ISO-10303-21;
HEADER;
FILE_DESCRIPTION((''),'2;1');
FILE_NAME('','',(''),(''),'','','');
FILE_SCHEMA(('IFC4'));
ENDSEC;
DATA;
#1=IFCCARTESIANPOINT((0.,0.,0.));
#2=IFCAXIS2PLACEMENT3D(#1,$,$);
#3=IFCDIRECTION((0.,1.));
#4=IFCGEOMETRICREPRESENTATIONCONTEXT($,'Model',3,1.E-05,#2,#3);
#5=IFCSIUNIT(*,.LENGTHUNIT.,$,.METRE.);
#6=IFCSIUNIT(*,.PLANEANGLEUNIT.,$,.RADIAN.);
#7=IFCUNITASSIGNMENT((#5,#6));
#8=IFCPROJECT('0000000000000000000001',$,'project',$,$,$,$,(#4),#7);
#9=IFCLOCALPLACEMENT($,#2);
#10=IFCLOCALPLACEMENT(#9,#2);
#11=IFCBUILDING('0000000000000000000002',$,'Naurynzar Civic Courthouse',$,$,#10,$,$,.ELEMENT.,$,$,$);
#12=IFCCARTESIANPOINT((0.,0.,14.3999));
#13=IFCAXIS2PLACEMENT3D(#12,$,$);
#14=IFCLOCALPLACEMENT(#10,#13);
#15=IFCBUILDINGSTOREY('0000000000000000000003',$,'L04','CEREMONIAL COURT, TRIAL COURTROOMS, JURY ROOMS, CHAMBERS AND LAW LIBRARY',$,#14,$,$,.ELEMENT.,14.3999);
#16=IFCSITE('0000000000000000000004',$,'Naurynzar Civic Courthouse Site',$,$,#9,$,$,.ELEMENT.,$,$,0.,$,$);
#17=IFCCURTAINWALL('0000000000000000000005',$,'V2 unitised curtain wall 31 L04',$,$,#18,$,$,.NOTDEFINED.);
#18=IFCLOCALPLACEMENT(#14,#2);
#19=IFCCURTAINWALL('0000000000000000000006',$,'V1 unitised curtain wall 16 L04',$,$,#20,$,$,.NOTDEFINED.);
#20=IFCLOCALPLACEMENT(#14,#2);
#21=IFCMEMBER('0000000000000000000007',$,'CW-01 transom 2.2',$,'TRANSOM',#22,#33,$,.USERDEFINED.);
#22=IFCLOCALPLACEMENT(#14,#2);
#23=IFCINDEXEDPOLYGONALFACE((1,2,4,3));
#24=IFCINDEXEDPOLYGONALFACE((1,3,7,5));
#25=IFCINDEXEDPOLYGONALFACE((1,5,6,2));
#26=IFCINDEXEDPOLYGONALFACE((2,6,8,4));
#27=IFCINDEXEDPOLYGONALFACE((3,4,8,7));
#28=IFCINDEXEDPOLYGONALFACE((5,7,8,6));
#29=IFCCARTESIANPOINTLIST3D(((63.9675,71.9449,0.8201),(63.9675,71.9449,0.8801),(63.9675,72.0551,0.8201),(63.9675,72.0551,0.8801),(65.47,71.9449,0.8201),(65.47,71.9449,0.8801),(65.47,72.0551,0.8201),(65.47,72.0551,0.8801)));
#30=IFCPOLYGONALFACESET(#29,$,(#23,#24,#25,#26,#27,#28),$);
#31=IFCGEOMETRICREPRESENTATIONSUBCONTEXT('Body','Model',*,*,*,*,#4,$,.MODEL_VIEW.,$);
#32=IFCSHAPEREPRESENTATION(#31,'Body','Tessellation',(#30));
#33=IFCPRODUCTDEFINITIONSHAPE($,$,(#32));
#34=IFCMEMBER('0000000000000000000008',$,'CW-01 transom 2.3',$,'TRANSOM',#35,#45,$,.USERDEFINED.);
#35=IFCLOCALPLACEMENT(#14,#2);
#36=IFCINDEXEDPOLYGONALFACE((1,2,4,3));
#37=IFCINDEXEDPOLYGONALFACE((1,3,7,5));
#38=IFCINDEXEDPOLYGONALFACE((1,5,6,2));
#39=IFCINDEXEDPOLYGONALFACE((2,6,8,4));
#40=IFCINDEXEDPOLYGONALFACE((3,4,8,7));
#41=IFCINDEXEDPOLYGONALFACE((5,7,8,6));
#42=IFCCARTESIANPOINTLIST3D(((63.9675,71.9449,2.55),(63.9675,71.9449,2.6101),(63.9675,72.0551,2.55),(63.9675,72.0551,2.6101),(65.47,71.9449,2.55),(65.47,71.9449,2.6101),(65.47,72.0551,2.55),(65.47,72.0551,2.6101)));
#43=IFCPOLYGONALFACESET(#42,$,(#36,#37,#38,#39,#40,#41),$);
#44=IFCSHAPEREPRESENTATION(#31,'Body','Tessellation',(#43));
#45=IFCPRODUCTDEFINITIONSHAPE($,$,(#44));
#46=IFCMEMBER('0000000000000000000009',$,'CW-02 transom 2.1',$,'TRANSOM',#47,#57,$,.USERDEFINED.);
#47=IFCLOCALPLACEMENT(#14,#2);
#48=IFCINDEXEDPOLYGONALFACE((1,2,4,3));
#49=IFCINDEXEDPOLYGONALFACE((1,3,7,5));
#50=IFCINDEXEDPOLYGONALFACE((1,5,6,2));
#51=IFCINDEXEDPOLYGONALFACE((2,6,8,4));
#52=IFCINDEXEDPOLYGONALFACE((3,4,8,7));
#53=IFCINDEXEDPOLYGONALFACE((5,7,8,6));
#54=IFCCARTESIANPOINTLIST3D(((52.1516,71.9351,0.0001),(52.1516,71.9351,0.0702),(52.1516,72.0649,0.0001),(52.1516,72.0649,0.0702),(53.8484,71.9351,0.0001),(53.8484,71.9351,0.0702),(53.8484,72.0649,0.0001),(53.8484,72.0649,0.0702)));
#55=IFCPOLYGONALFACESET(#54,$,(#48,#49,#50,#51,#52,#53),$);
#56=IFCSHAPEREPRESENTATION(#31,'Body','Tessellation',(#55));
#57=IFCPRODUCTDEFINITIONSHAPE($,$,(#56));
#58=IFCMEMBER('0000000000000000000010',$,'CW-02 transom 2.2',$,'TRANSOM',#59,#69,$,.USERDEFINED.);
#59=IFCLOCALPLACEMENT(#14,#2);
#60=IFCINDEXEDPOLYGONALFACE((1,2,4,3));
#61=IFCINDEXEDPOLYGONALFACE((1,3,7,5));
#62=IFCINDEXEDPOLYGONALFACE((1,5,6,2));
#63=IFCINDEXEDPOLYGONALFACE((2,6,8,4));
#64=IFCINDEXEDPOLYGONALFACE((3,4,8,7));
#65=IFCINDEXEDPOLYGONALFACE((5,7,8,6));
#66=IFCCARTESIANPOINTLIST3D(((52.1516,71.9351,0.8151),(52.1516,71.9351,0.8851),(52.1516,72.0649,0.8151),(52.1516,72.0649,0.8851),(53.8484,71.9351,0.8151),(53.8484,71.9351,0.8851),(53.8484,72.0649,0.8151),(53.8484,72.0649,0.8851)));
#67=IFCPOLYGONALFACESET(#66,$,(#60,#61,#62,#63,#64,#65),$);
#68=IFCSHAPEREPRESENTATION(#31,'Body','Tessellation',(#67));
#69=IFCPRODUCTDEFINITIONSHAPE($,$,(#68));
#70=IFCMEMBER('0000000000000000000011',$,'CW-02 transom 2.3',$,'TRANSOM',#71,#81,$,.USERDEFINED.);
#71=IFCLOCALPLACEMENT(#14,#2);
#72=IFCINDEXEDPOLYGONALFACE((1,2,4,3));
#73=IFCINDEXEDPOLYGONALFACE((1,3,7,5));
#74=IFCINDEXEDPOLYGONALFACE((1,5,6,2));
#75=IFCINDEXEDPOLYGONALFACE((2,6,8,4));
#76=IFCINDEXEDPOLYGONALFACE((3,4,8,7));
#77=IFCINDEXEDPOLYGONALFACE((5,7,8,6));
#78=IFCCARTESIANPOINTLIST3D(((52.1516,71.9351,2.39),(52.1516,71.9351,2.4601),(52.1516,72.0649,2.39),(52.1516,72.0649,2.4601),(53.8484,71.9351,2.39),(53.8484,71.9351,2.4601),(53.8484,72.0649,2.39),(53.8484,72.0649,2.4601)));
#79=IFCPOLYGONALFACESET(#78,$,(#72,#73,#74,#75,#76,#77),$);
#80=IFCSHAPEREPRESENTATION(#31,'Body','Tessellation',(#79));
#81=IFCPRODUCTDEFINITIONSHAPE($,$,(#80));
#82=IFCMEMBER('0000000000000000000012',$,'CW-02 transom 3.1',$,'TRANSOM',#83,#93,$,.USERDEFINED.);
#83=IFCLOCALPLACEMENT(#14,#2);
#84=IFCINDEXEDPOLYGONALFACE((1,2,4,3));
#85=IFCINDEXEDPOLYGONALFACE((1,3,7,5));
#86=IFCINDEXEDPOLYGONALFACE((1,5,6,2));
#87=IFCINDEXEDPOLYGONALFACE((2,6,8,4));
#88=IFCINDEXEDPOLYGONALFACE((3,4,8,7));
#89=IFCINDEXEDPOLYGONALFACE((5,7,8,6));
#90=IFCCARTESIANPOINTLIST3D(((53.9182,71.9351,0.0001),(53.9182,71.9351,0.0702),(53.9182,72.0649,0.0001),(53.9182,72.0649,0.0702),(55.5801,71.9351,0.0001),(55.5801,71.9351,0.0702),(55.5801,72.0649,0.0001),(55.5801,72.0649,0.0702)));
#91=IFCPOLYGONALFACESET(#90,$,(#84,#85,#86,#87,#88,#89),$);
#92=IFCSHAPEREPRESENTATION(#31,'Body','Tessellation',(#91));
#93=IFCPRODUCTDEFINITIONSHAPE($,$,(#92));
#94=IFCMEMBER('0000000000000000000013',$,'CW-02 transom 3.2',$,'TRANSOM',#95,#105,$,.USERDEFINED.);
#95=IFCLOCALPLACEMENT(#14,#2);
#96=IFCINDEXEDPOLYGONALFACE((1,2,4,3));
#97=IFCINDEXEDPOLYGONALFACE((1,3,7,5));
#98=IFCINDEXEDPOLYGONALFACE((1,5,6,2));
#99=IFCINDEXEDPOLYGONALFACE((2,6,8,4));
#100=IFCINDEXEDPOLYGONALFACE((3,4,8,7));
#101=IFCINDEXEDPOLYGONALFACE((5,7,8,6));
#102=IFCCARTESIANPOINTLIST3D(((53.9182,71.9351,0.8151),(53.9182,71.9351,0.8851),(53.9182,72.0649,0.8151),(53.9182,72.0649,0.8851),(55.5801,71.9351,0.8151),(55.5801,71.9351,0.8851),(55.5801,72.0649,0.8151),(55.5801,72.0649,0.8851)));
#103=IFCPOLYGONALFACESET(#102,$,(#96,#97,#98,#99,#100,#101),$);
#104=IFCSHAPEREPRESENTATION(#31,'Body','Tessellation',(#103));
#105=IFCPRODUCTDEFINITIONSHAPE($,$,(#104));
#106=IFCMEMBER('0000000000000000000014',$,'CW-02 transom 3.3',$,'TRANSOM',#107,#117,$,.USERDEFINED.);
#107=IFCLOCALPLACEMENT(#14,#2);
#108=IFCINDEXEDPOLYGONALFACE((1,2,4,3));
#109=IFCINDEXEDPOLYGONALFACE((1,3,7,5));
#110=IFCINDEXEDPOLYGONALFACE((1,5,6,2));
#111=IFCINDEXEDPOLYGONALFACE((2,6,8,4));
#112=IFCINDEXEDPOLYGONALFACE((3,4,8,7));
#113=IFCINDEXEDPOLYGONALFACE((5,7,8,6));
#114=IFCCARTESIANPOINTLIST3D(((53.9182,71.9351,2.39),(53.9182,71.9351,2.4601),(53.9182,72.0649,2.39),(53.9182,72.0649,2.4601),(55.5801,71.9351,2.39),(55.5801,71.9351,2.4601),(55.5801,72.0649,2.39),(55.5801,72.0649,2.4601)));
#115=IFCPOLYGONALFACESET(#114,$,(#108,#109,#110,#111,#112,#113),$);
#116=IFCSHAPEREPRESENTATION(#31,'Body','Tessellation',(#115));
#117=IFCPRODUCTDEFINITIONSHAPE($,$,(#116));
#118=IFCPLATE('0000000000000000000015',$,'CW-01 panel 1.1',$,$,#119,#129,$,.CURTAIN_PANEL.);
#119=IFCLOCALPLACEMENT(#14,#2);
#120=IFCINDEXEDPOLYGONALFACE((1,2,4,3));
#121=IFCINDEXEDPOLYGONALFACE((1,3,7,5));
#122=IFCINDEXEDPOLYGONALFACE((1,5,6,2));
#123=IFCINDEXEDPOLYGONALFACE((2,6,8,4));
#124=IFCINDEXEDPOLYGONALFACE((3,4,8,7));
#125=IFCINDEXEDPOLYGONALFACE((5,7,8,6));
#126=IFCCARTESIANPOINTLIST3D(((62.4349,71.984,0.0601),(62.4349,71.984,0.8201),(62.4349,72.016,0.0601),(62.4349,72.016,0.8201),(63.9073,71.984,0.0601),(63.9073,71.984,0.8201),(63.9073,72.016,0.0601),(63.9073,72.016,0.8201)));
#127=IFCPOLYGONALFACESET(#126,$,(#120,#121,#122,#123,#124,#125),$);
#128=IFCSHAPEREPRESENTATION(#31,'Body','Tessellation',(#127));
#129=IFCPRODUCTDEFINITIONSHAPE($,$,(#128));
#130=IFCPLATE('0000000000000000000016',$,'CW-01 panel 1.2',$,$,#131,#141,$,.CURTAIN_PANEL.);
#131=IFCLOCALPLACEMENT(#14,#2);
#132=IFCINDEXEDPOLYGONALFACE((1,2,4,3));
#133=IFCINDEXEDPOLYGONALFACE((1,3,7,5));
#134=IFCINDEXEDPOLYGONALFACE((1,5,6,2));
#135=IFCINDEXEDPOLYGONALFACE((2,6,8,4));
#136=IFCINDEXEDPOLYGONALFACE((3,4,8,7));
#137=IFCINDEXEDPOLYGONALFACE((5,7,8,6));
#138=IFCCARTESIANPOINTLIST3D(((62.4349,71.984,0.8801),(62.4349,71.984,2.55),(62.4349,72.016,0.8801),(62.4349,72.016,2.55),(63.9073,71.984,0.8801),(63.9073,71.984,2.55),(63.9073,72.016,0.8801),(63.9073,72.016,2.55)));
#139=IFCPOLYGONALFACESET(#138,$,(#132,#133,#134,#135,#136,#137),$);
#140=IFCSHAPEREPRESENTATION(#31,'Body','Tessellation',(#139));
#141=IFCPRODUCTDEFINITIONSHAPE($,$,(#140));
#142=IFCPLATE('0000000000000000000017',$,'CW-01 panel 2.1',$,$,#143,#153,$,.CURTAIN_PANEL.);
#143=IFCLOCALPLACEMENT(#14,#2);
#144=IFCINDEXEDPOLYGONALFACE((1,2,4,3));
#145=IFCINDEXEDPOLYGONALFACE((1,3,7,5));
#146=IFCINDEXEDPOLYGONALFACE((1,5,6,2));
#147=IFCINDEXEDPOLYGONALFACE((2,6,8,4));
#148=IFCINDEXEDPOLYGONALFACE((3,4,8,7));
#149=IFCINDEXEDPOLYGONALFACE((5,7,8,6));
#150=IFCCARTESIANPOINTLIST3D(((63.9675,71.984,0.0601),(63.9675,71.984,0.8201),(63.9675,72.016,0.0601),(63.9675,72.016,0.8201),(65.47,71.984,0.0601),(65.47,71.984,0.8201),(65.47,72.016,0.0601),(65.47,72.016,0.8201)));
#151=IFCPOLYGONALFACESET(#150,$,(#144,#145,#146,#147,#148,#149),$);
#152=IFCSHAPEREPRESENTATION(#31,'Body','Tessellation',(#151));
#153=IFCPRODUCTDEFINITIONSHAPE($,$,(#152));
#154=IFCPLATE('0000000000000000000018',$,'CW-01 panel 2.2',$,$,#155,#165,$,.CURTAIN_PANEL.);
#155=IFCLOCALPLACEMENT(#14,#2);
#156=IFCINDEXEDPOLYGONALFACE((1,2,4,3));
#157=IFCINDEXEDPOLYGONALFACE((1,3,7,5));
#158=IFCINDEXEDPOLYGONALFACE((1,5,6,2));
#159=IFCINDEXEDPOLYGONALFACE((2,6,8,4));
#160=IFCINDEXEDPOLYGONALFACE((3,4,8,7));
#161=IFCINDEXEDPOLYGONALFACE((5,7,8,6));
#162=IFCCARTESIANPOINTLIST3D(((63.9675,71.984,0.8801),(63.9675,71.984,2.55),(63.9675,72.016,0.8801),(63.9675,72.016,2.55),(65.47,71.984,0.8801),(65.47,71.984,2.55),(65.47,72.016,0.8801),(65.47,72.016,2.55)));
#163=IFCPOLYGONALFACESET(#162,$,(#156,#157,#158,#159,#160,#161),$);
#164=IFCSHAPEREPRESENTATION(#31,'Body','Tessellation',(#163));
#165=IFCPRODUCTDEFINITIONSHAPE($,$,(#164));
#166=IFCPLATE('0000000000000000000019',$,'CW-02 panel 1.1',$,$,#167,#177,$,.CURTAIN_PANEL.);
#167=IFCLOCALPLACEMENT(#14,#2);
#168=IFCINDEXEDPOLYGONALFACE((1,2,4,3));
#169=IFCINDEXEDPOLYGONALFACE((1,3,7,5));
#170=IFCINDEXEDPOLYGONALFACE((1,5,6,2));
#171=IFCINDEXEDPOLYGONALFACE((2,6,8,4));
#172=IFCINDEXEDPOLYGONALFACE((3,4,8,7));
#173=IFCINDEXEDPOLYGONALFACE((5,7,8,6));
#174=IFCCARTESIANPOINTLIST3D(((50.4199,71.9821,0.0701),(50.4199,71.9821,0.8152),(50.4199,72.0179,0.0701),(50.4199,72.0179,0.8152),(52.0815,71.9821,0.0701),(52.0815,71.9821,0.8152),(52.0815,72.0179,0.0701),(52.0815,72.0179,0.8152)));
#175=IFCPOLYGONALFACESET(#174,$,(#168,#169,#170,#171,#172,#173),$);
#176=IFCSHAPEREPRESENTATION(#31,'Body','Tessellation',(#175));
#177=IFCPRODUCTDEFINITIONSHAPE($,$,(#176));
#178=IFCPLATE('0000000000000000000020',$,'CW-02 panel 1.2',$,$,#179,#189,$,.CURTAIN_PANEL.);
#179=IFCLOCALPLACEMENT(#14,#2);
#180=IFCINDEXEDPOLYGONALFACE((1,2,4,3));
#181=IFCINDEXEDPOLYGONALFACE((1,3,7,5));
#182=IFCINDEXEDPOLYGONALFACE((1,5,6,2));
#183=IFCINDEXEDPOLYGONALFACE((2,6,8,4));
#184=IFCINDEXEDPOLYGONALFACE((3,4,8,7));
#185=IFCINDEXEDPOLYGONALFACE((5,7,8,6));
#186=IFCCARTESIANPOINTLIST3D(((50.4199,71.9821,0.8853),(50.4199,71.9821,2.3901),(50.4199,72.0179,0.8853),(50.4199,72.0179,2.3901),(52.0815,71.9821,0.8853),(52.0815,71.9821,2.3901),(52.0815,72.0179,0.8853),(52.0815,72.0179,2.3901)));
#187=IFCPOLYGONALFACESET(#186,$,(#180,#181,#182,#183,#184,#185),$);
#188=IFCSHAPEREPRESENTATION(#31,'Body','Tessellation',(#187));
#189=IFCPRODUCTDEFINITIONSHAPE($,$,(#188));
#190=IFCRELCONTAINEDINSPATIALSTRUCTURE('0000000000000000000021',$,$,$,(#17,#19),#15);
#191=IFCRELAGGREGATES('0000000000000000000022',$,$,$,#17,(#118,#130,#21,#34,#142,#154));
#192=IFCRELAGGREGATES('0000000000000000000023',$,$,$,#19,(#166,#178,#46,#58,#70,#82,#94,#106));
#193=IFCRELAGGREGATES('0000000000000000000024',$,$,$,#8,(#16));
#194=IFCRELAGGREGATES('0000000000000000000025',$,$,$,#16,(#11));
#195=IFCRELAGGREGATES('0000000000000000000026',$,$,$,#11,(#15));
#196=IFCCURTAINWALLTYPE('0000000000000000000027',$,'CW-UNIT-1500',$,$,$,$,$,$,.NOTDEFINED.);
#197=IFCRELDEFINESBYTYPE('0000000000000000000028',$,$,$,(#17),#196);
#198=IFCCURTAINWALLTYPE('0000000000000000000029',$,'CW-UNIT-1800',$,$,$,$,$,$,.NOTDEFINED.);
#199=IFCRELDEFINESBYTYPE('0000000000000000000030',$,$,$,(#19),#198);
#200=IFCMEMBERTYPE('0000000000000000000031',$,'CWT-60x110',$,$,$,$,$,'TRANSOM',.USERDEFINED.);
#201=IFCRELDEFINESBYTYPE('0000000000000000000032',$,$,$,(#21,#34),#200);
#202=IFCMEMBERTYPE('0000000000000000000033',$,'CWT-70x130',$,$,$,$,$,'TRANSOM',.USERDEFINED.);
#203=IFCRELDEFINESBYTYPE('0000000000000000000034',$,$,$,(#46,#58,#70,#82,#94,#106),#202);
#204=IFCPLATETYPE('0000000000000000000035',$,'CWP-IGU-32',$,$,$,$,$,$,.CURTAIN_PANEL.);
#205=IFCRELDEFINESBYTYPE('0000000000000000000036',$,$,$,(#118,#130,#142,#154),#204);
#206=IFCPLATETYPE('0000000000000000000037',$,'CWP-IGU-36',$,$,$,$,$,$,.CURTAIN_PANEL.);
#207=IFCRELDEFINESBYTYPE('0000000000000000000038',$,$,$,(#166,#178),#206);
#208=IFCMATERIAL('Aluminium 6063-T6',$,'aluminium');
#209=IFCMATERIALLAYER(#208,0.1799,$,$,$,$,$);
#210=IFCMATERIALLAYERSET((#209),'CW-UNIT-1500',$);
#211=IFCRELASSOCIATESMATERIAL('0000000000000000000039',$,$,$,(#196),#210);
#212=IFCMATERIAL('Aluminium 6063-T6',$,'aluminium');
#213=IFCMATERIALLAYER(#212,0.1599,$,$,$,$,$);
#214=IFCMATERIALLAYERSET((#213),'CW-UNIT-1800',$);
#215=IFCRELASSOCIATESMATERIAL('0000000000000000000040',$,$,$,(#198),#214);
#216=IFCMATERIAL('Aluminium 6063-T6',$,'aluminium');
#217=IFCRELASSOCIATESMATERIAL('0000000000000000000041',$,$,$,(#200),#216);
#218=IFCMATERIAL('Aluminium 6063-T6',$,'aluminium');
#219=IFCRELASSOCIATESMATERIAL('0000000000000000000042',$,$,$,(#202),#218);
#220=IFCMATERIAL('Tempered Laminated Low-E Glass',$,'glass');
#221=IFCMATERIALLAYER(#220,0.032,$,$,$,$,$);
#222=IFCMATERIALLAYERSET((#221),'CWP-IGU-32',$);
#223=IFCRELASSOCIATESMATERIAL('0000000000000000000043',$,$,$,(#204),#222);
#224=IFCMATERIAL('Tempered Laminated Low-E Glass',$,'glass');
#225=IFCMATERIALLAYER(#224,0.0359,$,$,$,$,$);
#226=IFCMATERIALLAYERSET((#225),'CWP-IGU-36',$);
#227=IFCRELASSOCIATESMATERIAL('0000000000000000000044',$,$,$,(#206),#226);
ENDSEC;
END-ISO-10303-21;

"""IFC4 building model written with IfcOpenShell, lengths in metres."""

from ifc_helpers import new_model, si_unit, direction, frame, origin, origin_2d, place, context, subcontext, project, spatial, rectangle, extrude, material, layer, layer_set, material_profile, profile_set, type_object, element, aggregate, save


model = new_model("IFC4")

# Units and contexts
model_context = context("Model", 3, precision=1e-05, world=origin(), true_north=direction((0.0, 1.0)))
body_context = subcontext(model_context, "Body", "Model", "MODEL_VIEW")
ifc_project = project(units=[si_unit("LENGTHUNIT", "METRE"), si_unit("PLANEANGLEUNIT", "RADIAN")], contexts=[model_context])

# Site, building, storey
site_placement = place(None, origin())
site = spatial("IfcSite", under=ifc_project, at=site_placement, Name="Naurynzar Civic Courthouse Site", CompositionType="ELEMENT", RefElevation=0.0)
building_placement = place(site_placement, origin())
building = spatial("IfcBuilding", under=site, at=building_placement, Name="Naurynzar Civic Courthouse", CompositionType="ELEMENT")
storey_placement = place(building_placement, frame((0.0, 0.0, 14.3999)))
storey = spatial("IfcBuildingStorey", under=building, at=storey_placement, Name="L04", Description="CEREMONIAL COURT, TRIAL COURTROOMS, JURY ROOMS, CHAMBERS AND LAW LIBRARY", CompositionType="ELEMENT", Elevation=14.3999)

# Curtain walls
ifc_material_1 = material(Name="Aluminium 6063-T6", Category="aluminium")
ifc_layer_1 = layer(ifc_material_1, 0.1799)
ifc_layer_set_1 = layer_set([ifc_layer_1], Name="CW-UNIT-1500")
curtain_wall_type_1 = type_object("IfcCurtainWallType", Name="CW-UNIT-1500", PredefinedType="NOTDEFINED", material=ifc_layer_set_1)
curtain_wall_1_placement = place(storey_placement, origin())
curtain_wall_1 = element("IfcCurtainWall", 1, at=curtain_wall_1_placement, inside=storey, type_object=curtain_wall_type_1, Name="V2 unitised curtain wall 31 L04", PredefinedType="NOTDEFINED")
ifc_material_2 = material(Name="Aluminium 6063-T6", Category="aluminium")
ifc_layer_2 = layer(ifc_material_2, 0.1599)
ifc_layer_set_2 = layer_set([ifc_layer_2], Name="CW-UNIT-1800")
curtain_wall_type_2 = type_object("IfcCurtainWallType", Name="CW-UNIT-1800", PredefinedType="NOTDEFINED", material=ifc_layer_set_2)
curtain_wall_2_placement = place(storey_placement, origin())
curtain_wall_2 = element("IfcCurtainWall", 2, at=curtain_wall_2_placement, inside=storey, type_object=curtain_wall_type_2, Name="V1 unitised curtain wall 16 L04", PredefinedType="NOTDEFINED")

# Members
ifc_material_3 = material(Name="Aluminium 6063-T6", Category="aluminium")
ifc_material_profile_1 = material_profile(ifc_material_3, rectangle(XDim=0.1101, YDim=0.0601, at=origin_2d()), Name="ALU TRANSOM 60x110")
ifc_profile_set_1 = profile_set([ifc_material_profile_1], Name="Aluminium 6063-T6")
member_type_1 = type_object("IfcMemberType", Name="CWT-60x110", ElementType="TRANSOM", PredefinedType="USERDEFINED", material=ifc_profile_set_1)
member_1_placement = place(storey_placement, frame((63.9675, 72.0, 0.8501), z_axis=(1.0, 0.0, 0.0), x_axis=(0.0, 1.0, 0.0)))
member_1 = element("IfcMember", 3, at=member_1_placement, type_object=member_type_1, Name="CW-01 transom 2.2", ObjectType="TRANSOM", PredefinedType="USERDEFINED", context=body_context, shape_type="SweptSolid", body=[
    extrude(rectangle(XDim=0.1101, YDim=0.0601, at=origin_2d()), origin(), (0.0, 0.0, 1.0), 1.5024),
])
member_2_placement = place(storey_placement, frame((63.9675, 72.0, 2.5801), z_axis=(1.0, 0.0, 0.0), x_axis=(0.0, 1.0, 0.0)))
member_2 = element("IfcMember", 4, at=member_2_placement, type_object=member_type_1, Name="CW-01 transom 2.3", ObjectType="TRANSOM", PredefinedType="USERDEFINED", context=body_context, shape_type="SweptSolid", body=[
    extrude(rectangle(XDim=0.1101, YDim=0.0601, at=origin_2d()), origin(), (0.0, 0.0, 1.0), 1.5024),
])
ifc_material_4 = material(Name="Aluminium 6063-T6", Category="aluminium")
ifc_material_profile_2 = material_profile(ifc_material_4, rectangle(XDim=0.1299, YDim=0.0701, at=origin_2d()), Name="ALU TRANSOM 70x130")
ifc_profile_set_2 = profile_set([ifc_material_profile_2], Name="Aluminium 6063-T6")
member_type_2 = type_object("IfcMemberType", Name="CWT-70x130", ElementType="TRANSOM", PredefinedType="USERDEFINED", material=ifc_profile_set_2)
member_3_placement = place(storey_placement, frame((52.1516, 72.0, 0.0352), z_axis=(1.0, 0.0, 0.0), x_axis=(0.0, 1.0, 0.0)))
member_3 = element("IfcMember", 5, at=member_3_placement, type_object=member_type_2, Name="CW-02 transom 2.1", ObjectType="TRANSOM", PredefinedType="USERDEFINED", context=body_context, shape_type="SweptSolid", body=[
    extrude(rectangle(XDim=0.1299, YDim=0.0701, at=origin_2d()), origin(), (0.0, 0.0, 1.0), 1.6968),
])
member_4_placement = place(storey_placement, frame((52.1516, 72.0, 0.8501), z_axis=(1.0, 0.0, 0.0), x_axis=(0.0, 1.0, 0.0)))
member_4 = element("IfcMember", 6, at=member_4_placement, type_object=member_type_2, Name="CW-02 transom 2.2", ObjectType="TRANSOM", PredefinedType="USERDEFINED", context=body_context, shape_type="SweptSolid", body=[
    extrude(rectangle(XDim=0.1299, YDim=0.0701, at=origin_2d()), origin(), (0.0, 0.0, 1.0), 1.6968),
])
member_5_placement = place(storey_placement, frame((52.1516, 72.0, 2.425), z_axis=(1.0, 0.0, 0.0), x_axis=(0.0, 1.0, 0.0)))
member_5 = element("IfcMember", 7, at=member_5_placement, type_object=member_type_2, Name="CW-02 transom 2.3", ObjectType="TRANSOM", PredefinedType="USERDEFINED", context=body_context, shape_type="SweptSolid", body=[
    extrude(rectangle(XDim=0.1299, YDim=0.0701, at=origin_2d()), origin(), (0.0, 0.0, 1.0), 1.6968),
])
member_6_placement = place(storey_placement, frame((53.9182, 72.0, 0.0352), z_axis=(1.0, 0.0, 0.0), x_axis=(0.0, 1.0, 0.0)))
member_6 = element("IfcMember", 8, at=member_6_placement, type_object=member_type_2, Name="CW-02 transom 3.1", ObjectType="TRANSOM", PredefinedType="USERDEFINED", context=body_context, shape_type="SweptSolid", body=[
    extrude(rectangle(XDim=0.1299, YDim=0.0701, at=origin_2d()), origin(), (0.0, 0.0, 1.0), 1.6619),
])
member_7_placement = place(storey_placement, frame((53.9182, 72.0, 0.8501), z_axis=(1.0, 0.0, 0.0), x_axis=(0.0, 1.0, 0.0)))
member_7 = element("IfcMember", 9, at=member_7_placement, type_object=member_type_2, Name="CW-02 transom 3.2", ObjectType="TRANSOM", PredefinedType="USERDEFINED", context=body_context, shape_type="SweptSolid", body=[
    extrude(rectangle(XDim=0.1299, YDim=0.0701, at=origin_2d()), origin(), (0.0, 0.0, 1.0), 1.6619),
])
member_8_placement = place(storey_placement, frame((53.9182, 72.0, 2.425), z_axis=(1.0, 0.0, 0.0), x_axis=(0.0, 1.0, 0.0)))
member_8 = element("IfcMember", 10, at=member_8_placement, type_object=member_type_2, Name="CW-02 transom 3.3", ObjectType="TRANSOM", PredefinedType="USERDEFINED", context=body_context, shape_type="SweptSolid", body=[
    extrude(rectangle(XDim=0.1299, YDim=0.0701, at=origin_2d()), origin(), (0.0, 0.0, 1.0), 1.6619),
])

# Plates
ifc_material_5 = material(Name="Tempered Laminated Low-E Glass", Category="glass")
ifc_layer_3 = layer(ifc_material_5, 0.032)
ifc_layer_set_3 = layer_set([ifc_layer_3], Name="CWP-IGU-32")
plate_type_1 = type_object("IfcPlateType", Name="CWP-IGU-32", PredefinedType="CURTAIN_PANEL", material=ifc_layer_set_3)
plate_1_placement = place(storey_placement, frame((63.1711, 72.0, 0.0601), z_axis=(0.0, 0.0, 1.0), x_axis=(1.0, 0.0, 0.0)))
plate_1 = element("IfcPlate", 11, at=plate_1_placement, type_object=plate_type_1, Name="CW-01 panel 1.1", PredefinedType="CURTAIN_PANEL", context=body_context, shape_type="SweptSolid", body=[
    extrude(rectangle(XDim=1.4724, YDim=0.032, at=origin_2d()), origin(), (0.0, 0.0, 1.0), 0.76),
])
plate_2_placement = place(storey_placement, frame((63.1711, 72.0, 0.8801), z_axis=(0.0, 0.0, 1.0), x_axis=(1.0, 0.0, 0.0)))
plate_2 = element("IfcPlate", 12, at=plate_2_placement, type_object=plate_type_1, Name="CW-01 panel 1.2", PredefinedType="CURTAIN_PANEL", context=body_context, shape_type="SweptSolid", body=[
    extrude(rectangle(XDim=1.4724, YDim=0.032, at=origin_2d()), origin(), (0.0, 0.0, 1.0), 1.6699),
])
plate_3_placement = place(storey_placement, frame((64.7188, 72.0, 0.0601), z_axis=(0.0, 0.0, 1.0), x_axis=(1.0, 0.0, 0.0)))
plate_3 = element("IfcPlate", 13, at=plate_3_placement, type_object=plate_type_1, Name="CW-01 panel 2.1", PredefinedType="CURTAIN_PANEL", context=body_context, shape_type="SweptSolid", body=[
    extrude(rectangle(XDim=1.5024, YDim=0.032, at=origin_2d()), origin(), (0.0, 0.0, 1.0), 0.76),
])
plate_4_placement = place(storey_placement, frame((64.7188, 72.0, 0.8801), z_axis=(0.0, 0.0, 1.0), x_axis=(1.0, 0.0, 0.0)))
plate_4 = element("IfcPlate", 14, at=plate_4_placement, type_object=plate_type_1, Name="CW-01 panel 2.2", PredefinedType="CURTAIN_PANEL", context=body_context, shape_type="SweptSolid", body=[
    extrude(rectangle(XDim=1.5024, YDim=0.032, at=origin_2d()), origin(), (0.0, 0.0, 1.0), 1.6699),
])
aggregate(curtain_wall_1, [plate_1, plate_2, member_1, member_2, plate_3, plate_4])
ifc_material_6 = material(Name="Tempered Laminated Low-E Glass", Category="glass")
ifc_layer_4 = layer(ifc_material_6, 0.0359)
ifc_layer_set_4 = layer_set([ifc_layer_4], Name="CWP-IGU-36")
plate_type_2 = type_object("IfcPlateType", Name="CWP-IGU-36", PredefinedType="CURTAIN_PANEL", material=ifc_layer_set_4)
plate_5_placement = place(storey_placement, frame((51.2507, 72.0, 0.0701), z_axis=(0.0, 0.0, 1.0), x_axis=(1.0, 0.0, 0.0)))
plate_5 = element("IfcPlate", 15, at=plate_5_placement, type_object=plate_type_2, Name="CW-02 panel 1.1", PredefinedType="CURTAIN_PANEL", context=body_context, shape_type="SweptSolid", body=[
    extrude(rectangle(XDim=1.6616, YDim=0.0359, at=origin_2d()), origin(), (0.0, 0.0, 1.0), 0.7451),
])
plate_6_placement = place(storey_placement, frame((51.2507, 72.0, 0.8853), z_axis=(0.0, 0.0, 1.0), x_axis=(1.0, 0.0, 0.0)))
plate_6 = element("IfcPlate", 16, at=plate_6_placement, type_object=plate_type_2, Name="CW-02 panel 1.2", PredefinedType="CURTAIN_PANEL", context=body_context, shape_type="SweptSolid", body=[
    extrude(rectangle(XDim=1.6616, YDim=0.0359, at=origin_2d()), origin(), (0.0, 0.0, 1.0), 1.5049),
])
aggregate(curtain_wall_2, [plate_5, plate_6, member_3, member_4, member_5, member_6, member_7, member_8])

save(model, "model.ifc")
